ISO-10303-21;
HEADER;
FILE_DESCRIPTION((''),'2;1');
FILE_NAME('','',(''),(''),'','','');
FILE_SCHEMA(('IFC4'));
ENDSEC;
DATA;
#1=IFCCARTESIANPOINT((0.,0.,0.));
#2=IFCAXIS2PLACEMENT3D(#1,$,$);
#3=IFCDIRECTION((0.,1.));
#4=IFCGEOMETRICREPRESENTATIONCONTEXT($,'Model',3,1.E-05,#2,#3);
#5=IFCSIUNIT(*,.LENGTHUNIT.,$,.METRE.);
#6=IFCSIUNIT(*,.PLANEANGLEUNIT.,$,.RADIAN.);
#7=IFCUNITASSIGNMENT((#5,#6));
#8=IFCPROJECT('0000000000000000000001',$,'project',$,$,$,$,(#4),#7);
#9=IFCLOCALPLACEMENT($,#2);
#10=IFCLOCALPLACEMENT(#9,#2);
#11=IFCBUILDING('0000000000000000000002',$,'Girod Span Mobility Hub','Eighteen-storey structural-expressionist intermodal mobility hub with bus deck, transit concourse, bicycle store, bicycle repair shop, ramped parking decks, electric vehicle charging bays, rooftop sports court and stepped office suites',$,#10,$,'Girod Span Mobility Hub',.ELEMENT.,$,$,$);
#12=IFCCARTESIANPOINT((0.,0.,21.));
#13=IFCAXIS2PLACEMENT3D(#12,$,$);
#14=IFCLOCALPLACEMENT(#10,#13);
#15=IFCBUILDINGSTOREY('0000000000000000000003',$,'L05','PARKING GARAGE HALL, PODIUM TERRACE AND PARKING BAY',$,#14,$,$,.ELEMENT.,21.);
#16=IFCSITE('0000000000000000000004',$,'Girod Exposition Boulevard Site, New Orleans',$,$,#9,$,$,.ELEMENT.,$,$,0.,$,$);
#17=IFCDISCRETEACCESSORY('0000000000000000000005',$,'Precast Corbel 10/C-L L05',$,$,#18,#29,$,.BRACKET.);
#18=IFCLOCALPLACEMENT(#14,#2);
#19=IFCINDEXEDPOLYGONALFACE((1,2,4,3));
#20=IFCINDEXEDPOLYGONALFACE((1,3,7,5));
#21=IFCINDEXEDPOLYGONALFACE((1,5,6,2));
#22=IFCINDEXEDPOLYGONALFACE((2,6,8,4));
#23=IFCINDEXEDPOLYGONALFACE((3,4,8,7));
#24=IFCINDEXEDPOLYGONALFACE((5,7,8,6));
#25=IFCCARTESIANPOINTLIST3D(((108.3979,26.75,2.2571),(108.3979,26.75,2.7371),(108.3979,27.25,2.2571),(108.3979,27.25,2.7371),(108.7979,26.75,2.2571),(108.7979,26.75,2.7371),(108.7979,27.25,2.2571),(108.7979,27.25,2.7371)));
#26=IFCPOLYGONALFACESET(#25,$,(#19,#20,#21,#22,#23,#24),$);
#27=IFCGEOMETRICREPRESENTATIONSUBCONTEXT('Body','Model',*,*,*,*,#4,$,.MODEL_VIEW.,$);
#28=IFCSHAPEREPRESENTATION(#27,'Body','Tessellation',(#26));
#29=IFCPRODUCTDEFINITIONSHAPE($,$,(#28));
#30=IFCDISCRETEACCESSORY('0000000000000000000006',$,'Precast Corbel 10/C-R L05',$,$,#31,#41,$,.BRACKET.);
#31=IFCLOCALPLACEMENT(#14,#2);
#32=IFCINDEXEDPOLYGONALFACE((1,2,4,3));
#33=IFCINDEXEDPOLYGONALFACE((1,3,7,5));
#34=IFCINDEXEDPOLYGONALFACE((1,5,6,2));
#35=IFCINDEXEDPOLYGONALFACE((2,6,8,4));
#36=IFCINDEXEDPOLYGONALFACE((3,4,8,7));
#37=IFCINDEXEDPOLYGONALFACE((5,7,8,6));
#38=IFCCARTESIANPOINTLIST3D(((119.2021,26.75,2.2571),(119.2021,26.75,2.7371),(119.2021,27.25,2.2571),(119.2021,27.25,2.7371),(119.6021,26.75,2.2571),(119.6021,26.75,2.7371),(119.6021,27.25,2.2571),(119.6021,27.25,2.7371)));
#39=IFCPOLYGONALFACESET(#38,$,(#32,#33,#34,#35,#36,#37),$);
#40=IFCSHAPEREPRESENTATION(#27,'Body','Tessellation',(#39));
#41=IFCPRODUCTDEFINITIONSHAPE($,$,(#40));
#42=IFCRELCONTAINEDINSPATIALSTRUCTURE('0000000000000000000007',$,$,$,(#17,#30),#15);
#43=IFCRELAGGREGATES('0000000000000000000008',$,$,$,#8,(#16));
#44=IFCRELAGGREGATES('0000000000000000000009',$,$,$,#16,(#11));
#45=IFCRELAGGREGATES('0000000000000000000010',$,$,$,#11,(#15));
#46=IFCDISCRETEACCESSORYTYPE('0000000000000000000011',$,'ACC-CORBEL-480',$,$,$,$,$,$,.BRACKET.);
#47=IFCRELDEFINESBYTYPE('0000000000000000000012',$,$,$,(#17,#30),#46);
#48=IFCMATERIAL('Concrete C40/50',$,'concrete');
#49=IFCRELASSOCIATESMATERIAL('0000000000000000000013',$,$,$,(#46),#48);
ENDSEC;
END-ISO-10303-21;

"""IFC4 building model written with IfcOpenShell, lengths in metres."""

from ifc_helpers import new_model, si_unit, direction, frame, origin, origin_2d, place, context, subcontext, project, spatial, rectangle, extrude, material, type_object, element, save


model = new_model("IFC4")

# Units and contexts
model_context = context("Model", 3, precision=1e-05, world=origin(), true_north=direction((0.0, 1.0)))
body_context = subcontext(model_context, "Body", "Model", "MODEL_VIEW")
ifc_project = project(units=[si_unit("LENGTHUNIT", "METRE"), si_unit("PLANEANGLEUNIT", "RADIAN")], contexts=[model_context])

# Site, building, storey
site_placement = place(None, origin())
site = spatial("IfcSite", under=ifc_project, at=site_placement, Name="Girod Exposition Boulevard Site, New Orleans", CompositionType="ELEMENT", RefElevation=0.0)
building_placement = place(site_placement, origin())
building = spatial("IfcBuilding", under=site, at=building_placement, Name="Girod Span Mobility Hub", Description="Eighteen-storey structural-expressionist intermodal mobility hub with bus deck, transit concourse, bicycle store, bicycle repair shop, ramped parking decks, electric vehicle charging bays, rooftop sports court and stepped office suites", LongName="Girod Span Mobility Hub", CompositionType="ELEMENT")
storey_placement = place(building_placement, frame((0.0, 0.0, 21.0)))
storey = spatial("IfcBuildingStorey", under=building, at=storey_placement, Name="L05", Description="PARKING GARAGE HALL, PODIUM TERRACE AND PARKING BAY", CompositionType="ELEMENT", Elevation=21.0)

# Discrete accessories
ifc_material_1 = material(Name="Concrete C40/50", Category="concrete")
discrete_accessory_type = type_object("IfcDiscreteAccessoryType", Name="ACC-CORBEL-480", PredefinedType="BRACKET", material=ifc_material_1)
for number, where, z_axis, x_axis, name in (
    (1, (108.5979, 27.0, 2.2571), (0.0, 0.0, 1.0), (1.0, 0.0, 0.0), "Precast Corbel 10/C-L L05"),
    (2, (119.4021, 27.0, 2.2571), (0.0, 0.0, 1.0), (1.0, 0.0, 0.0), "Precast Corbel 10/C-R L05"),
):
    element("IfcDiscreteAccessory", number, at=place(storey_placement, frame(where, z_axis=z_axis, x_axis=x_axis)), inside=storey, type_object=discrete_accessory_type, Name=name, PredefinedType="BRACKET", context=body_context, shape_type="SweptSolid", body=[
        extrude(rectangle(XDim=0.3999, YDim=0.5, at=origin_2d()), origin(), (0.0, 0.0, 1.0), 0.48),
    ])

save(model, "model.ifc")
